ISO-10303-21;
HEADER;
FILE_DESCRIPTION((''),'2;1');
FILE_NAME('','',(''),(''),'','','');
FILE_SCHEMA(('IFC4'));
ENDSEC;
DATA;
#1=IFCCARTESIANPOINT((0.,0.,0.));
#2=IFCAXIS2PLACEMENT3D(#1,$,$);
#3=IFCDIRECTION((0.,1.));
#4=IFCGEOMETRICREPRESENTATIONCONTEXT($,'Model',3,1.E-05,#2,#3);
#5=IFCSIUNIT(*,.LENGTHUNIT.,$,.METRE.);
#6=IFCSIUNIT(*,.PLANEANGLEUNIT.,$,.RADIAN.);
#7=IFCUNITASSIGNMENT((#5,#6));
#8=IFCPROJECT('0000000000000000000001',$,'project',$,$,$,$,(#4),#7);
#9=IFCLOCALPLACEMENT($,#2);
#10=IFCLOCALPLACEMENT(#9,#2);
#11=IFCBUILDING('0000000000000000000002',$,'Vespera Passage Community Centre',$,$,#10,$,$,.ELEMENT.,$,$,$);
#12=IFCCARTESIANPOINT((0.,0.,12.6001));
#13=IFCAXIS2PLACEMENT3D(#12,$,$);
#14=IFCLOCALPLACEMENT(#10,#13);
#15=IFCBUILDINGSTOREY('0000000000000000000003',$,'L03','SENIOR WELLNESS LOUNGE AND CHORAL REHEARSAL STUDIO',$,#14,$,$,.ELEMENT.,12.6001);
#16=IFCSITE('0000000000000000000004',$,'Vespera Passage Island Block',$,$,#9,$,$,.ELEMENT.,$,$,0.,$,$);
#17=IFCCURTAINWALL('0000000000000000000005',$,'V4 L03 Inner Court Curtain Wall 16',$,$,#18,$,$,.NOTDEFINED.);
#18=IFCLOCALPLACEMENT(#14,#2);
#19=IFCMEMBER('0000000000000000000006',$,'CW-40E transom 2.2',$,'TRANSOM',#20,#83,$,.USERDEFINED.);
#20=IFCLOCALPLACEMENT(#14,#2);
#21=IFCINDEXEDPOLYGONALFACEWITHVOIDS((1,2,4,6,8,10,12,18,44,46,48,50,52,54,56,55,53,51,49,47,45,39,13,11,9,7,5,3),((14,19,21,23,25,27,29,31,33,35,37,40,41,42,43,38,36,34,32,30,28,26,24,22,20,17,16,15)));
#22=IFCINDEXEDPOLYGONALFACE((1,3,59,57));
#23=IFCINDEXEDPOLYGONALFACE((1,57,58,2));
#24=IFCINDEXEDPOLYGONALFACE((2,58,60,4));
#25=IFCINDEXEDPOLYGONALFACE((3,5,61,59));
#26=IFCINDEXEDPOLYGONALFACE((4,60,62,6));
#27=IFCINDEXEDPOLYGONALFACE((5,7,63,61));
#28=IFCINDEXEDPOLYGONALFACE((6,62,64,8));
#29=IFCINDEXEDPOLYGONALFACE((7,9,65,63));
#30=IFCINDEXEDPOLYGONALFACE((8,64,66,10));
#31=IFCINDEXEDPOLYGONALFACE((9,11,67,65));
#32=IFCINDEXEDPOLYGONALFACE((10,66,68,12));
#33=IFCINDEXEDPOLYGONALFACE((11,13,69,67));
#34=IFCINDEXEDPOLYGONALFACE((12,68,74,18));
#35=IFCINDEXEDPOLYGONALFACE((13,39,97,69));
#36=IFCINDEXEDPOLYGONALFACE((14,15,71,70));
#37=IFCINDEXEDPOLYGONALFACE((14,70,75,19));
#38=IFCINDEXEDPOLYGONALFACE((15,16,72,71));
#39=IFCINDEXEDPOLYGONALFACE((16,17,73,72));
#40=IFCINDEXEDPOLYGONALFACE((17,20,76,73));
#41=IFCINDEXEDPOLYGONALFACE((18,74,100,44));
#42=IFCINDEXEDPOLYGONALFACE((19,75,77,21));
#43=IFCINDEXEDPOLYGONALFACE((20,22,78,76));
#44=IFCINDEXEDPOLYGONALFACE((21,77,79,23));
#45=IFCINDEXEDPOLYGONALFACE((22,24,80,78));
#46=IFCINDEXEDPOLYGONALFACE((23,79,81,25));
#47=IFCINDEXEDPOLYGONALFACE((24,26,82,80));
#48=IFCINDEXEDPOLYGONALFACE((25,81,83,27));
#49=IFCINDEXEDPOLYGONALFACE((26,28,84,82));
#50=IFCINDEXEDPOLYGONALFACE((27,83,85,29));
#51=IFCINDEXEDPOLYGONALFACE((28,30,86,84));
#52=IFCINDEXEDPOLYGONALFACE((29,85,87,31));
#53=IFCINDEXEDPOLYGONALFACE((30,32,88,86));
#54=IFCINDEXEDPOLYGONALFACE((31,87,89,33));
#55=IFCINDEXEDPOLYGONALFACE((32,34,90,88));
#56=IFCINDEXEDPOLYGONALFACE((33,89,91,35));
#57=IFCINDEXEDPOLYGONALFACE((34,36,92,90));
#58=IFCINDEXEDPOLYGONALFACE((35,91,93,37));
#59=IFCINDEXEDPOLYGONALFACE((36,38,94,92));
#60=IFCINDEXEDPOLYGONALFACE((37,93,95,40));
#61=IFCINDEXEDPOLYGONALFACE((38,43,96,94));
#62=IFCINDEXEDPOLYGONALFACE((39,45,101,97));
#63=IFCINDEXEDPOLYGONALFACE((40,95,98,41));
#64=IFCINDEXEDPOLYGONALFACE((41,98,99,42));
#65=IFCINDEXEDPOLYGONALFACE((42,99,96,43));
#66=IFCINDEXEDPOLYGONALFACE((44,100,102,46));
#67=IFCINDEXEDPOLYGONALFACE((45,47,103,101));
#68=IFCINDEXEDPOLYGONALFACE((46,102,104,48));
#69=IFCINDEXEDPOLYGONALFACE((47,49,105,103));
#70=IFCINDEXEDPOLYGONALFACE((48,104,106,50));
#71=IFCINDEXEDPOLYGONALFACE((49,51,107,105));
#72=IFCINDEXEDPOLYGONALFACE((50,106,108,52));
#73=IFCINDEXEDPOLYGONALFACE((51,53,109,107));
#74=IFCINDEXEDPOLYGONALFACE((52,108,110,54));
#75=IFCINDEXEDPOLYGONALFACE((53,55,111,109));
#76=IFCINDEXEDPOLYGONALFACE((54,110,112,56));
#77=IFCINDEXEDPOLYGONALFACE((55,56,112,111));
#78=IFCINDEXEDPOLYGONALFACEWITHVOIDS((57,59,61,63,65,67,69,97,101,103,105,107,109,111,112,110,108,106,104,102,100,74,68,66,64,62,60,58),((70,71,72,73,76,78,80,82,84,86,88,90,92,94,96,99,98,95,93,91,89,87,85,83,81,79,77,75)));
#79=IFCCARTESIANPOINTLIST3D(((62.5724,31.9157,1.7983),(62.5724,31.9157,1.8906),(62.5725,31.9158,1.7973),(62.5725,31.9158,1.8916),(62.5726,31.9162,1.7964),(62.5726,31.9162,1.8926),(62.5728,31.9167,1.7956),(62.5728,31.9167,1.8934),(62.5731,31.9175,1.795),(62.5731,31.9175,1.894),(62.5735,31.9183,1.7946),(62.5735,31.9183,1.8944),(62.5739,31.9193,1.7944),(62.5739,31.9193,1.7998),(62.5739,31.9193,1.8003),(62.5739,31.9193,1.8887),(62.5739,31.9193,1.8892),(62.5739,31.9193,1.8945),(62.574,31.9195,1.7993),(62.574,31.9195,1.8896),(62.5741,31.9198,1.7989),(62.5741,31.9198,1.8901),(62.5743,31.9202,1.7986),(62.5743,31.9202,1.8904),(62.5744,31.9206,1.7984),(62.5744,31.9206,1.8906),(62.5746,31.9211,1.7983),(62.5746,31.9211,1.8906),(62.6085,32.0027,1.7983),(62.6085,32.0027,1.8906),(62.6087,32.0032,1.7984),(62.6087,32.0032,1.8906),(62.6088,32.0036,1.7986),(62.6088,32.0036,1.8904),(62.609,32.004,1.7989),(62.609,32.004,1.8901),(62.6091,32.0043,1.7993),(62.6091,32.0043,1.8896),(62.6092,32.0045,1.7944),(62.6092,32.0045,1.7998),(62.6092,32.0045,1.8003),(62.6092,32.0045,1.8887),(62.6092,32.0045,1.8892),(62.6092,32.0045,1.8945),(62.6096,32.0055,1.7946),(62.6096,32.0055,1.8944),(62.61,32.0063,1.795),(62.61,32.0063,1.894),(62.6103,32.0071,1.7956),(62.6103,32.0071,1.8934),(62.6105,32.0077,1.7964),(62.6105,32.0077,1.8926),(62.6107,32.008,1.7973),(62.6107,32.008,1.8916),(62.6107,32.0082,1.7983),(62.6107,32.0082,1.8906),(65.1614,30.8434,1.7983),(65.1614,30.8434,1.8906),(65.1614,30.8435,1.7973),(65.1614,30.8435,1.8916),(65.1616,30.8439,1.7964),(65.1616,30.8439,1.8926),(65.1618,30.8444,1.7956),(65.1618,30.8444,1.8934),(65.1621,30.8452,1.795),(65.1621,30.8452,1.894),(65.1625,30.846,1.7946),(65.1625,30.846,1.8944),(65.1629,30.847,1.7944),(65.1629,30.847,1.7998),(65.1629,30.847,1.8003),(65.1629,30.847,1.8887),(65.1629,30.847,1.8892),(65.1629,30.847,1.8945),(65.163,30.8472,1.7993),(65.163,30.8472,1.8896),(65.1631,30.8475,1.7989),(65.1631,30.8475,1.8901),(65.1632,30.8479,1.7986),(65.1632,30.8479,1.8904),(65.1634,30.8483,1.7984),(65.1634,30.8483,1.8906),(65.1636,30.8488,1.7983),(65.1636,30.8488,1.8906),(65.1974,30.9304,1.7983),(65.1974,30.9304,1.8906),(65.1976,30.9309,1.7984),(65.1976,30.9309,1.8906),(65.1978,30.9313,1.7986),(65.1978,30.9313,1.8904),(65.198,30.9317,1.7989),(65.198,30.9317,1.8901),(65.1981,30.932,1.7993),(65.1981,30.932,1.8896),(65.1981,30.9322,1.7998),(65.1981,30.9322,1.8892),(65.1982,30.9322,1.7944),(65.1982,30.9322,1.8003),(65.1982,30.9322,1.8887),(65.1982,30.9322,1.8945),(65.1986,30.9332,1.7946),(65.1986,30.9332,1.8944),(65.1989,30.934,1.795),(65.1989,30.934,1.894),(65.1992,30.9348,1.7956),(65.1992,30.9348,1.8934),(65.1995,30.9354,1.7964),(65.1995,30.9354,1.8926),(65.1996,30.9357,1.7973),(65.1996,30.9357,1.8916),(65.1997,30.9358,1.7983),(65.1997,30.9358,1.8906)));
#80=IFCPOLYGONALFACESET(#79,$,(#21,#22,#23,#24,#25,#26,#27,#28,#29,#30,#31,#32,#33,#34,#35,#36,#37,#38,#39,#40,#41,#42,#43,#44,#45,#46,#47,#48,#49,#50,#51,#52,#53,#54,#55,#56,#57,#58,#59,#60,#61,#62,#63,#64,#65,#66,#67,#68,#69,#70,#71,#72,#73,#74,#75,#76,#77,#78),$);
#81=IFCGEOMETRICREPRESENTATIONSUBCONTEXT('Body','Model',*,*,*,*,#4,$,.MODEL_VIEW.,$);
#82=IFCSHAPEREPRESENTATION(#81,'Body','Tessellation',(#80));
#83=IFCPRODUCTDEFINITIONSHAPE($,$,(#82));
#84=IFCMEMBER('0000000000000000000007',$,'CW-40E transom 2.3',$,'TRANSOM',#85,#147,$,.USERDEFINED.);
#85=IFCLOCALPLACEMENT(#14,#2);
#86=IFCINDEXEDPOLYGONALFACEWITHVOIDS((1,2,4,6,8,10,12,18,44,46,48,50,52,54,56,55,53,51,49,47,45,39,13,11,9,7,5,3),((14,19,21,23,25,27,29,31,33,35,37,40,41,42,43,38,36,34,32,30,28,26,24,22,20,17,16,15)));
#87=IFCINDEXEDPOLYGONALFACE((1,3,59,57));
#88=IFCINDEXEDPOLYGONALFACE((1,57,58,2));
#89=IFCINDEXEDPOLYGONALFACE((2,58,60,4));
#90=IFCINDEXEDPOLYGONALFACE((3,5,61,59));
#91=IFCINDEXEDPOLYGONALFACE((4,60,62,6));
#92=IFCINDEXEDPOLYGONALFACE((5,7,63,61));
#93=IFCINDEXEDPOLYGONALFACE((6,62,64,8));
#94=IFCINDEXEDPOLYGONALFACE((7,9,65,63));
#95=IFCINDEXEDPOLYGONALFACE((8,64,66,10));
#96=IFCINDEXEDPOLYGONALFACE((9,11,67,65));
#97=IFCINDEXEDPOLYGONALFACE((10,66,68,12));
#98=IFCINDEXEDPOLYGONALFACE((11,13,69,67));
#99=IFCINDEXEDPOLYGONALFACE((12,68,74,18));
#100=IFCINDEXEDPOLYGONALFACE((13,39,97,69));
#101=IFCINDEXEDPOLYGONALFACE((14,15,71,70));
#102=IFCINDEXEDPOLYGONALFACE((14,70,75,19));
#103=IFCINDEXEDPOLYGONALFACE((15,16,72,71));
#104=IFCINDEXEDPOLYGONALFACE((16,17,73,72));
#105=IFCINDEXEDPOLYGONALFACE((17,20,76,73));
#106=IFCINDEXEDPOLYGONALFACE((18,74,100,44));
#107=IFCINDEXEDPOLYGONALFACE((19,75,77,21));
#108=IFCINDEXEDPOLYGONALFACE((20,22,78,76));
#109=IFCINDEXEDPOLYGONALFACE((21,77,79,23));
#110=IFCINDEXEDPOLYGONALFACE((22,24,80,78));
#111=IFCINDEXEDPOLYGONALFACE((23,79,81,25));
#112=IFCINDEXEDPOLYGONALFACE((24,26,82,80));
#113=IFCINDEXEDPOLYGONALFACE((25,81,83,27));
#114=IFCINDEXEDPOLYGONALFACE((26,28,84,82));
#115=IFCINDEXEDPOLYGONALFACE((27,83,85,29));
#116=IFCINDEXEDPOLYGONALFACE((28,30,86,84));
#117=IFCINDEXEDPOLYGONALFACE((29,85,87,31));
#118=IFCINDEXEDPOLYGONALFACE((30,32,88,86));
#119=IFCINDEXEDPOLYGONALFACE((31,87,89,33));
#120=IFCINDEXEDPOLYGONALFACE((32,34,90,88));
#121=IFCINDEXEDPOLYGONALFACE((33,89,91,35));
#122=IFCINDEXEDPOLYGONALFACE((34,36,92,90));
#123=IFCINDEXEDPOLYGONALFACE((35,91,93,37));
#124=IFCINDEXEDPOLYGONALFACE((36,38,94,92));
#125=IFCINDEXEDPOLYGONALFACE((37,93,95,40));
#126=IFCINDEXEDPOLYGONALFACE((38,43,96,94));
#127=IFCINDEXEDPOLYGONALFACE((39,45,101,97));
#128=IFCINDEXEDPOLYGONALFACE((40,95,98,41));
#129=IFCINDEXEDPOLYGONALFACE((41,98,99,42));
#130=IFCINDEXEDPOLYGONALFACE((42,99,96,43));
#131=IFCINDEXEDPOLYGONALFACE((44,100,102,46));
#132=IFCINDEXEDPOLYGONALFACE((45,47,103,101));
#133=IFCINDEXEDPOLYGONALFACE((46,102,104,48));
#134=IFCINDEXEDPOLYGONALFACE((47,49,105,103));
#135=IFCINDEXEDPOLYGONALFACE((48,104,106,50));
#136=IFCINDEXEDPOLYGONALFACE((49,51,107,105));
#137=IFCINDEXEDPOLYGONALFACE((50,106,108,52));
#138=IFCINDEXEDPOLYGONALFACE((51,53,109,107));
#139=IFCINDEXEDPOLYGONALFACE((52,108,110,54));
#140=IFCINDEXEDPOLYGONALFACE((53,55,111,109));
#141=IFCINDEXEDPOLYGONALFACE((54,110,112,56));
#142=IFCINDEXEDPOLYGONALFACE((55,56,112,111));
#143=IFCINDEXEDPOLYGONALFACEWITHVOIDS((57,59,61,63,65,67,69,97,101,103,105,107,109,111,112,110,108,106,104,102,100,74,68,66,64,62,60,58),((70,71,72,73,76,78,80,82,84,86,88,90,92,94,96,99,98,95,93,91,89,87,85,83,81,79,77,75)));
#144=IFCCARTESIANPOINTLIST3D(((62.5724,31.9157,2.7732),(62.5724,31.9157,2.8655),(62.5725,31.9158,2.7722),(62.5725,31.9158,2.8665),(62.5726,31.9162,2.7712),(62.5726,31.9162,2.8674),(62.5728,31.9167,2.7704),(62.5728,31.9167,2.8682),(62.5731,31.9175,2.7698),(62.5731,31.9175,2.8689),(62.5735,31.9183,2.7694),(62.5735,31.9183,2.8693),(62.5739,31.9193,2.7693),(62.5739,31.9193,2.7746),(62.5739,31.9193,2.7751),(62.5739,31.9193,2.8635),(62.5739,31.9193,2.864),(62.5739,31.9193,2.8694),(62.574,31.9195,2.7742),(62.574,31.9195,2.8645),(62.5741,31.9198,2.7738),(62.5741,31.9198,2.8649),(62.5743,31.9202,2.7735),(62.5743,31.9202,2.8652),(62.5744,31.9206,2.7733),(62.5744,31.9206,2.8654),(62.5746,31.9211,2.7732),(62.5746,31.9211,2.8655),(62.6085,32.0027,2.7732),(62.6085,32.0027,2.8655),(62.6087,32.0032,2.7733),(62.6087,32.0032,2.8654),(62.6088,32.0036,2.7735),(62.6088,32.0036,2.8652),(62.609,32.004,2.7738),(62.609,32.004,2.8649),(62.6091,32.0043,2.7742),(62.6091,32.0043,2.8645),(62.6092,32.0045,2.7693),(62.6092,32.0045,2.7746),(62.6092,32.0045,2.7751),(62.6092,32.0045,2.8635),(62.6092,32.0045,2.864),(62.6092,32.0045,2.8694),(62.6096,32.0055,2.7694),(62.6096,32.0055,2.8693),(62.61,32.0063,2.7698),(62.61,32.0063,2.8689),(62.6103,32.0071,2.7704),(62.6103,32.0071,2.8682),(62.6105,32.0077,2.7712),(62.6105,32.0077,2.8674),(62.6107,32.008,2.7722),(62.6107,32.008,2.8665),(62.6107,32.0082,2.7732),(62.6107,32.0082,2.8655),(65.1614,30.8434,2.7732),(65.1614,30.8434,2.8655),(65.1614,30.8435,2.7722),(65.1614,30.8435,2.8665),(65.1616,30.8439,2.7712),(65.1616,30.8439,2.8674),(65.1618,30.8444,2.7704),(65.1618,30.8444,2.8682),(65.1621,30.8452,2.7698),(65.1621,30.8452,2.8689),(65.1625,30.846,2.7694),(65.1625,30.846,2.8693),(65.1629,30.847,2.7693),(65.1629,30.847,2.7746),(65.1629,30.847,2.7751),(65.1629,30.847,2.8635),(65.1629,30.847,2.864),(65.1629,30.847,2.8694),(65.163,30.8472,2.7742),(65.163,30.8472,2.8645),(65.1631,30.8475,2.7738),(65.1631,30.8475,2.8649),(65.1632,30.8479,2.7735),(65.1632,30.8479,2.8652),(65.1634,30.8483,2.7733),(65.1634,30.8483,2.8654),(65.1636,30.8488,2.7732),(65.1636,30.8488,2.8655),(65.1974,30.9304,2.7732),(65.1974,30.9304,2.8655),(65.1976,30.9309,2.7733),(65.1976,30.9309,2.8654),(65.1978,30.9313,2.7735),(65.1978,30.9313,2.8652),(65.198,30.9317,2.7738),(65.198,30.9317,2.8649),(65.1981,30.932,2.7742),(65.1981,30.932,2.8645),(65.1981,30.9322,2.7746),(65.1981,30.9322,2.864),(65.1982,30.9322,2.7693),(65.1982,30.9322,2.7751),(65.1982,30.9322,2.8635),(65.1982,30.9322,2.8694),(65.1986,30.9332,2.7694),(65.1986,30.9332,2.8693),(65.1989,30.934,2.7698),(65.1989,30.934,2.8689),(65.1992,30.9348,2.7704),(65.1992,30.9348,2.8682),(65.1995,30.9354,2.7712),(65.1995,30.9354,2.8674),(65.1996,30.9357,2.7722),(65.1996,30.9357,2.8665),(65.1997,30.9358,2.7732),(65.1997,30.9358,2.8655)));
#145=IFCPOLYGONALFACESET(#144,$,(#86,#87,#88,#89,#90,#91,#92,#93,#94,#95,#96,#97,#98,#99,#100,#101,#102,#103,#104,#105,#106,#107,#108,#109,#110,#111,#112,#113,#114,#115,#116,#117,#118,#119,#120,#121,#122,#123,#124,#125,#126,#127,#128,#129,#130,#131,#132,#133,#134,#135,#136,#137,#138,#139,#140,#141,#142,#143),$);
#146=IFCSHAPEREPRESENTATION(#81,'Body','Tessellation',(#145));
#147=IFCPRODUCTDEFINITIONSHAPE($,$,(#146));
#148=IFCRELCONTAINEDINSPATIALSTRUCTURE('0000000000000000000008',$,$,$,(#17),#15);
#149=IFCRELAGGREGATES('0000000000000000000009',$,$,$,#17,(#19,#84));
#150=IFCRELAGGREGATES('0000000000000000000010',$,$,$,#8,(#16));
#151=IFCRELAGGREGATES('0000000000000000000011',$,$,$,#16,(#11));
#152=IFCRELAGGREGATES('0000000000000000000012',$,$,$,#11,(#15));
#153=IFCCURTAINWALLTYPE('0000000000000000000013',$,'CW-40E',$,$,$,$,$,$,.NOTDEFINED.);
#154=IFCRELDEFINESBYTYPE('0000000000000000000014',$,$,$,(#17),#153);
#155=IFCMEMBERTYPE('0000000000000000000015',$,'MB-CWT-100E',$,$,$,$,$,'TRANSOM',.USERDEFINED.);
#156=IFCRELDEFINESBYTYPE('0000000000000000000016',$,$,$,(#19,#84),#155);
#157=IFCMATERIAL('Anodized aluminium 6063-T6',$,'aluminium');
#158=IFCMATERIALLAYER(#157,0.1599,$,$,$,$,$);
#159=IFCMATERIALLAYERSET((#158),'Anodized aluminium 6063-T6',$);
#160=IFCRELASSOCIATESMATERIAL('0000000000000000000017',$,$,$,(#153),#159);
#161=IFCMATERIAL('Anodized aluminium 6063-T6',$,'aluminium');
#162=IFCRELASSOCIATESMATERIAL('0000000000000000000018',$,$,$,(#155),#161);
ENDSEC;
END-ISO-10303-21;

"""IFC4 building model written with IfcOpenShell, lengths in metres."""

from ifc_helpers import new_model, si_unit, direction, frame, origin, origin_2d, place, context, subcontext, project, spatial, hollow_rectangle, extrude, material, layer, layer_set, material_profile, profile_set, type_object, element, aggregate, save


model = new_model("IFC4")

# Units and contexts
model_context = context("Model", 3, precision=1e-05, world=origin(), true_north=direction((0.0, 1.0)))
body_context = subcontext(model_context, "Body", "Model", "MODEL_VIEW")
ifc_project = project(units=[si_unit("LENGTHUNIT", "METRE"), si_unit("PLANEANGLEUNIT", "RADIAN")], contexts=[model_context])

# Site, building, storey
site_placement = place(None, origin())
site = spatial("IfcSite", under=ifc_project, at=site_placement, Name="Vespera Passage Island Block", CompositionType="ELEMENT", RefElevation=0.0)
building_placement = place(site_placement, origin())
building = spatial("IfcBuilding", under=site, at=building_placement, Name="Vespera Passage Community Centre", CompositionType="ELEMENT")
storey_placement = place(building_placement, frame((0.0, 0.0, 12.6001)))
storey = spatial("IfcBuildingStorey", under=building, at=storey_placement, Name="L03", Description="SENIOR WELLNESS LOUNGE AND CHORAL REHEARSAL STUDIO", CompositionType="ELEMENT", Elevation=12.6001)

# Curtain wall
ifc_material_1 = material(Name="Anodized aluminium 6063-T6", Category="aluminium")
ifc_layer_1 = layer(ifc_material_1, 0.1599)
ifc_layer_set_1 = layer_set([ifc_layer_1], Name="Anodized aluminium 6063-T6")
curtain_wall_type = type_object("IfcCurtainWallType", Name="CW-40E", PredefinedType="NOTDEFINED", material=ifc_layer_set_1)
curtain_wall_1_placement = place(storey_placement, origin())
curtain_wall_1 = element("IfcCurtainWall", 1, at=curtain_wall_1_placement, inside=storey, type_object=curtain_wall_type, Name="V4 L03 Inner Court Curtain Wall 16", PredefinedType="NOTDEFINED")

# Members
ifc_material_2 = material(Name="Anodized aluminium 6063-T6", Category="aluminium")
ifc_material_profile_1 = material_profile(ifc_material_2, hollow_rectangle(XDim=0.1001, YDim=0.1001, WallThickness=0.0039, InnerFilletRadius=0.002, OuterFilletRadius=0.0039, at=origin_2d()), Name="ALU100X100X4")
ifc_profile_set_1 = profile_set([ifc_material_profile_1], Name="Anodized aluminium 6063-T6")
member_type_1 = type_object("IfcMemberType", Name="MB-CWT-100E", ElementType="TRANSOM", PredefinedType="USERDEFINED", material=ifc_profile_set_1)
member_1_placement = place(storey_placement, frame((62.5916, 31.9619, 1.8445), z_axis=(0.923889, -0.38266, 0.0), x_axis=(0.38266, 0.923889, 0.0)))
member_1 = element("IfcMember", 2, at=member_1_placement, type_object=member_type_1, Name="CW-40E transom 2.2", ObjectType="TRANSOM", PredefinedType="USERDEFINED", context=body_context, shape_type="SweptSolid", body=[
    extrude(hollow_rectangle(XDim=0.1001, YDim=0.1001, WallThickness=0.0039, InnerFilletRadius=0.002, OuterFilletRadius=0.0039, at=origin_2d()), origin(), (0.0, 0.0, 1.0), 2.8022),
])
member_2_placement = place(storey_placement, frame((62.5916, 31.9619, 2.8193), z_axis=(0.923889, -0.38266, 0.0), x_axis=(0.38266, 0.923889, 0.0)))
member_2 = element("IfcMember", 3, at=member_2_placement, type_object=member_type_1, Name="CW-40E transom 2.3", ObjectType="TRANSOM", PredefinedType="USERDEFINED", context=body_context, shape_type="SweptSolid", body=[
    extrude(hollow_rectangle(XDim=0.1001, YDim=0.1001, WallThickness=0.0039, InnerFilletRadius=0.002, OuterFilletRadius=0.0039, at=origin_2d()), origin(), (0.0, 0.0, 1.0), 2.8022),
])

aggregate(curtain_wall_1, [member_1, member_2])

save(model, "model.ifc")
